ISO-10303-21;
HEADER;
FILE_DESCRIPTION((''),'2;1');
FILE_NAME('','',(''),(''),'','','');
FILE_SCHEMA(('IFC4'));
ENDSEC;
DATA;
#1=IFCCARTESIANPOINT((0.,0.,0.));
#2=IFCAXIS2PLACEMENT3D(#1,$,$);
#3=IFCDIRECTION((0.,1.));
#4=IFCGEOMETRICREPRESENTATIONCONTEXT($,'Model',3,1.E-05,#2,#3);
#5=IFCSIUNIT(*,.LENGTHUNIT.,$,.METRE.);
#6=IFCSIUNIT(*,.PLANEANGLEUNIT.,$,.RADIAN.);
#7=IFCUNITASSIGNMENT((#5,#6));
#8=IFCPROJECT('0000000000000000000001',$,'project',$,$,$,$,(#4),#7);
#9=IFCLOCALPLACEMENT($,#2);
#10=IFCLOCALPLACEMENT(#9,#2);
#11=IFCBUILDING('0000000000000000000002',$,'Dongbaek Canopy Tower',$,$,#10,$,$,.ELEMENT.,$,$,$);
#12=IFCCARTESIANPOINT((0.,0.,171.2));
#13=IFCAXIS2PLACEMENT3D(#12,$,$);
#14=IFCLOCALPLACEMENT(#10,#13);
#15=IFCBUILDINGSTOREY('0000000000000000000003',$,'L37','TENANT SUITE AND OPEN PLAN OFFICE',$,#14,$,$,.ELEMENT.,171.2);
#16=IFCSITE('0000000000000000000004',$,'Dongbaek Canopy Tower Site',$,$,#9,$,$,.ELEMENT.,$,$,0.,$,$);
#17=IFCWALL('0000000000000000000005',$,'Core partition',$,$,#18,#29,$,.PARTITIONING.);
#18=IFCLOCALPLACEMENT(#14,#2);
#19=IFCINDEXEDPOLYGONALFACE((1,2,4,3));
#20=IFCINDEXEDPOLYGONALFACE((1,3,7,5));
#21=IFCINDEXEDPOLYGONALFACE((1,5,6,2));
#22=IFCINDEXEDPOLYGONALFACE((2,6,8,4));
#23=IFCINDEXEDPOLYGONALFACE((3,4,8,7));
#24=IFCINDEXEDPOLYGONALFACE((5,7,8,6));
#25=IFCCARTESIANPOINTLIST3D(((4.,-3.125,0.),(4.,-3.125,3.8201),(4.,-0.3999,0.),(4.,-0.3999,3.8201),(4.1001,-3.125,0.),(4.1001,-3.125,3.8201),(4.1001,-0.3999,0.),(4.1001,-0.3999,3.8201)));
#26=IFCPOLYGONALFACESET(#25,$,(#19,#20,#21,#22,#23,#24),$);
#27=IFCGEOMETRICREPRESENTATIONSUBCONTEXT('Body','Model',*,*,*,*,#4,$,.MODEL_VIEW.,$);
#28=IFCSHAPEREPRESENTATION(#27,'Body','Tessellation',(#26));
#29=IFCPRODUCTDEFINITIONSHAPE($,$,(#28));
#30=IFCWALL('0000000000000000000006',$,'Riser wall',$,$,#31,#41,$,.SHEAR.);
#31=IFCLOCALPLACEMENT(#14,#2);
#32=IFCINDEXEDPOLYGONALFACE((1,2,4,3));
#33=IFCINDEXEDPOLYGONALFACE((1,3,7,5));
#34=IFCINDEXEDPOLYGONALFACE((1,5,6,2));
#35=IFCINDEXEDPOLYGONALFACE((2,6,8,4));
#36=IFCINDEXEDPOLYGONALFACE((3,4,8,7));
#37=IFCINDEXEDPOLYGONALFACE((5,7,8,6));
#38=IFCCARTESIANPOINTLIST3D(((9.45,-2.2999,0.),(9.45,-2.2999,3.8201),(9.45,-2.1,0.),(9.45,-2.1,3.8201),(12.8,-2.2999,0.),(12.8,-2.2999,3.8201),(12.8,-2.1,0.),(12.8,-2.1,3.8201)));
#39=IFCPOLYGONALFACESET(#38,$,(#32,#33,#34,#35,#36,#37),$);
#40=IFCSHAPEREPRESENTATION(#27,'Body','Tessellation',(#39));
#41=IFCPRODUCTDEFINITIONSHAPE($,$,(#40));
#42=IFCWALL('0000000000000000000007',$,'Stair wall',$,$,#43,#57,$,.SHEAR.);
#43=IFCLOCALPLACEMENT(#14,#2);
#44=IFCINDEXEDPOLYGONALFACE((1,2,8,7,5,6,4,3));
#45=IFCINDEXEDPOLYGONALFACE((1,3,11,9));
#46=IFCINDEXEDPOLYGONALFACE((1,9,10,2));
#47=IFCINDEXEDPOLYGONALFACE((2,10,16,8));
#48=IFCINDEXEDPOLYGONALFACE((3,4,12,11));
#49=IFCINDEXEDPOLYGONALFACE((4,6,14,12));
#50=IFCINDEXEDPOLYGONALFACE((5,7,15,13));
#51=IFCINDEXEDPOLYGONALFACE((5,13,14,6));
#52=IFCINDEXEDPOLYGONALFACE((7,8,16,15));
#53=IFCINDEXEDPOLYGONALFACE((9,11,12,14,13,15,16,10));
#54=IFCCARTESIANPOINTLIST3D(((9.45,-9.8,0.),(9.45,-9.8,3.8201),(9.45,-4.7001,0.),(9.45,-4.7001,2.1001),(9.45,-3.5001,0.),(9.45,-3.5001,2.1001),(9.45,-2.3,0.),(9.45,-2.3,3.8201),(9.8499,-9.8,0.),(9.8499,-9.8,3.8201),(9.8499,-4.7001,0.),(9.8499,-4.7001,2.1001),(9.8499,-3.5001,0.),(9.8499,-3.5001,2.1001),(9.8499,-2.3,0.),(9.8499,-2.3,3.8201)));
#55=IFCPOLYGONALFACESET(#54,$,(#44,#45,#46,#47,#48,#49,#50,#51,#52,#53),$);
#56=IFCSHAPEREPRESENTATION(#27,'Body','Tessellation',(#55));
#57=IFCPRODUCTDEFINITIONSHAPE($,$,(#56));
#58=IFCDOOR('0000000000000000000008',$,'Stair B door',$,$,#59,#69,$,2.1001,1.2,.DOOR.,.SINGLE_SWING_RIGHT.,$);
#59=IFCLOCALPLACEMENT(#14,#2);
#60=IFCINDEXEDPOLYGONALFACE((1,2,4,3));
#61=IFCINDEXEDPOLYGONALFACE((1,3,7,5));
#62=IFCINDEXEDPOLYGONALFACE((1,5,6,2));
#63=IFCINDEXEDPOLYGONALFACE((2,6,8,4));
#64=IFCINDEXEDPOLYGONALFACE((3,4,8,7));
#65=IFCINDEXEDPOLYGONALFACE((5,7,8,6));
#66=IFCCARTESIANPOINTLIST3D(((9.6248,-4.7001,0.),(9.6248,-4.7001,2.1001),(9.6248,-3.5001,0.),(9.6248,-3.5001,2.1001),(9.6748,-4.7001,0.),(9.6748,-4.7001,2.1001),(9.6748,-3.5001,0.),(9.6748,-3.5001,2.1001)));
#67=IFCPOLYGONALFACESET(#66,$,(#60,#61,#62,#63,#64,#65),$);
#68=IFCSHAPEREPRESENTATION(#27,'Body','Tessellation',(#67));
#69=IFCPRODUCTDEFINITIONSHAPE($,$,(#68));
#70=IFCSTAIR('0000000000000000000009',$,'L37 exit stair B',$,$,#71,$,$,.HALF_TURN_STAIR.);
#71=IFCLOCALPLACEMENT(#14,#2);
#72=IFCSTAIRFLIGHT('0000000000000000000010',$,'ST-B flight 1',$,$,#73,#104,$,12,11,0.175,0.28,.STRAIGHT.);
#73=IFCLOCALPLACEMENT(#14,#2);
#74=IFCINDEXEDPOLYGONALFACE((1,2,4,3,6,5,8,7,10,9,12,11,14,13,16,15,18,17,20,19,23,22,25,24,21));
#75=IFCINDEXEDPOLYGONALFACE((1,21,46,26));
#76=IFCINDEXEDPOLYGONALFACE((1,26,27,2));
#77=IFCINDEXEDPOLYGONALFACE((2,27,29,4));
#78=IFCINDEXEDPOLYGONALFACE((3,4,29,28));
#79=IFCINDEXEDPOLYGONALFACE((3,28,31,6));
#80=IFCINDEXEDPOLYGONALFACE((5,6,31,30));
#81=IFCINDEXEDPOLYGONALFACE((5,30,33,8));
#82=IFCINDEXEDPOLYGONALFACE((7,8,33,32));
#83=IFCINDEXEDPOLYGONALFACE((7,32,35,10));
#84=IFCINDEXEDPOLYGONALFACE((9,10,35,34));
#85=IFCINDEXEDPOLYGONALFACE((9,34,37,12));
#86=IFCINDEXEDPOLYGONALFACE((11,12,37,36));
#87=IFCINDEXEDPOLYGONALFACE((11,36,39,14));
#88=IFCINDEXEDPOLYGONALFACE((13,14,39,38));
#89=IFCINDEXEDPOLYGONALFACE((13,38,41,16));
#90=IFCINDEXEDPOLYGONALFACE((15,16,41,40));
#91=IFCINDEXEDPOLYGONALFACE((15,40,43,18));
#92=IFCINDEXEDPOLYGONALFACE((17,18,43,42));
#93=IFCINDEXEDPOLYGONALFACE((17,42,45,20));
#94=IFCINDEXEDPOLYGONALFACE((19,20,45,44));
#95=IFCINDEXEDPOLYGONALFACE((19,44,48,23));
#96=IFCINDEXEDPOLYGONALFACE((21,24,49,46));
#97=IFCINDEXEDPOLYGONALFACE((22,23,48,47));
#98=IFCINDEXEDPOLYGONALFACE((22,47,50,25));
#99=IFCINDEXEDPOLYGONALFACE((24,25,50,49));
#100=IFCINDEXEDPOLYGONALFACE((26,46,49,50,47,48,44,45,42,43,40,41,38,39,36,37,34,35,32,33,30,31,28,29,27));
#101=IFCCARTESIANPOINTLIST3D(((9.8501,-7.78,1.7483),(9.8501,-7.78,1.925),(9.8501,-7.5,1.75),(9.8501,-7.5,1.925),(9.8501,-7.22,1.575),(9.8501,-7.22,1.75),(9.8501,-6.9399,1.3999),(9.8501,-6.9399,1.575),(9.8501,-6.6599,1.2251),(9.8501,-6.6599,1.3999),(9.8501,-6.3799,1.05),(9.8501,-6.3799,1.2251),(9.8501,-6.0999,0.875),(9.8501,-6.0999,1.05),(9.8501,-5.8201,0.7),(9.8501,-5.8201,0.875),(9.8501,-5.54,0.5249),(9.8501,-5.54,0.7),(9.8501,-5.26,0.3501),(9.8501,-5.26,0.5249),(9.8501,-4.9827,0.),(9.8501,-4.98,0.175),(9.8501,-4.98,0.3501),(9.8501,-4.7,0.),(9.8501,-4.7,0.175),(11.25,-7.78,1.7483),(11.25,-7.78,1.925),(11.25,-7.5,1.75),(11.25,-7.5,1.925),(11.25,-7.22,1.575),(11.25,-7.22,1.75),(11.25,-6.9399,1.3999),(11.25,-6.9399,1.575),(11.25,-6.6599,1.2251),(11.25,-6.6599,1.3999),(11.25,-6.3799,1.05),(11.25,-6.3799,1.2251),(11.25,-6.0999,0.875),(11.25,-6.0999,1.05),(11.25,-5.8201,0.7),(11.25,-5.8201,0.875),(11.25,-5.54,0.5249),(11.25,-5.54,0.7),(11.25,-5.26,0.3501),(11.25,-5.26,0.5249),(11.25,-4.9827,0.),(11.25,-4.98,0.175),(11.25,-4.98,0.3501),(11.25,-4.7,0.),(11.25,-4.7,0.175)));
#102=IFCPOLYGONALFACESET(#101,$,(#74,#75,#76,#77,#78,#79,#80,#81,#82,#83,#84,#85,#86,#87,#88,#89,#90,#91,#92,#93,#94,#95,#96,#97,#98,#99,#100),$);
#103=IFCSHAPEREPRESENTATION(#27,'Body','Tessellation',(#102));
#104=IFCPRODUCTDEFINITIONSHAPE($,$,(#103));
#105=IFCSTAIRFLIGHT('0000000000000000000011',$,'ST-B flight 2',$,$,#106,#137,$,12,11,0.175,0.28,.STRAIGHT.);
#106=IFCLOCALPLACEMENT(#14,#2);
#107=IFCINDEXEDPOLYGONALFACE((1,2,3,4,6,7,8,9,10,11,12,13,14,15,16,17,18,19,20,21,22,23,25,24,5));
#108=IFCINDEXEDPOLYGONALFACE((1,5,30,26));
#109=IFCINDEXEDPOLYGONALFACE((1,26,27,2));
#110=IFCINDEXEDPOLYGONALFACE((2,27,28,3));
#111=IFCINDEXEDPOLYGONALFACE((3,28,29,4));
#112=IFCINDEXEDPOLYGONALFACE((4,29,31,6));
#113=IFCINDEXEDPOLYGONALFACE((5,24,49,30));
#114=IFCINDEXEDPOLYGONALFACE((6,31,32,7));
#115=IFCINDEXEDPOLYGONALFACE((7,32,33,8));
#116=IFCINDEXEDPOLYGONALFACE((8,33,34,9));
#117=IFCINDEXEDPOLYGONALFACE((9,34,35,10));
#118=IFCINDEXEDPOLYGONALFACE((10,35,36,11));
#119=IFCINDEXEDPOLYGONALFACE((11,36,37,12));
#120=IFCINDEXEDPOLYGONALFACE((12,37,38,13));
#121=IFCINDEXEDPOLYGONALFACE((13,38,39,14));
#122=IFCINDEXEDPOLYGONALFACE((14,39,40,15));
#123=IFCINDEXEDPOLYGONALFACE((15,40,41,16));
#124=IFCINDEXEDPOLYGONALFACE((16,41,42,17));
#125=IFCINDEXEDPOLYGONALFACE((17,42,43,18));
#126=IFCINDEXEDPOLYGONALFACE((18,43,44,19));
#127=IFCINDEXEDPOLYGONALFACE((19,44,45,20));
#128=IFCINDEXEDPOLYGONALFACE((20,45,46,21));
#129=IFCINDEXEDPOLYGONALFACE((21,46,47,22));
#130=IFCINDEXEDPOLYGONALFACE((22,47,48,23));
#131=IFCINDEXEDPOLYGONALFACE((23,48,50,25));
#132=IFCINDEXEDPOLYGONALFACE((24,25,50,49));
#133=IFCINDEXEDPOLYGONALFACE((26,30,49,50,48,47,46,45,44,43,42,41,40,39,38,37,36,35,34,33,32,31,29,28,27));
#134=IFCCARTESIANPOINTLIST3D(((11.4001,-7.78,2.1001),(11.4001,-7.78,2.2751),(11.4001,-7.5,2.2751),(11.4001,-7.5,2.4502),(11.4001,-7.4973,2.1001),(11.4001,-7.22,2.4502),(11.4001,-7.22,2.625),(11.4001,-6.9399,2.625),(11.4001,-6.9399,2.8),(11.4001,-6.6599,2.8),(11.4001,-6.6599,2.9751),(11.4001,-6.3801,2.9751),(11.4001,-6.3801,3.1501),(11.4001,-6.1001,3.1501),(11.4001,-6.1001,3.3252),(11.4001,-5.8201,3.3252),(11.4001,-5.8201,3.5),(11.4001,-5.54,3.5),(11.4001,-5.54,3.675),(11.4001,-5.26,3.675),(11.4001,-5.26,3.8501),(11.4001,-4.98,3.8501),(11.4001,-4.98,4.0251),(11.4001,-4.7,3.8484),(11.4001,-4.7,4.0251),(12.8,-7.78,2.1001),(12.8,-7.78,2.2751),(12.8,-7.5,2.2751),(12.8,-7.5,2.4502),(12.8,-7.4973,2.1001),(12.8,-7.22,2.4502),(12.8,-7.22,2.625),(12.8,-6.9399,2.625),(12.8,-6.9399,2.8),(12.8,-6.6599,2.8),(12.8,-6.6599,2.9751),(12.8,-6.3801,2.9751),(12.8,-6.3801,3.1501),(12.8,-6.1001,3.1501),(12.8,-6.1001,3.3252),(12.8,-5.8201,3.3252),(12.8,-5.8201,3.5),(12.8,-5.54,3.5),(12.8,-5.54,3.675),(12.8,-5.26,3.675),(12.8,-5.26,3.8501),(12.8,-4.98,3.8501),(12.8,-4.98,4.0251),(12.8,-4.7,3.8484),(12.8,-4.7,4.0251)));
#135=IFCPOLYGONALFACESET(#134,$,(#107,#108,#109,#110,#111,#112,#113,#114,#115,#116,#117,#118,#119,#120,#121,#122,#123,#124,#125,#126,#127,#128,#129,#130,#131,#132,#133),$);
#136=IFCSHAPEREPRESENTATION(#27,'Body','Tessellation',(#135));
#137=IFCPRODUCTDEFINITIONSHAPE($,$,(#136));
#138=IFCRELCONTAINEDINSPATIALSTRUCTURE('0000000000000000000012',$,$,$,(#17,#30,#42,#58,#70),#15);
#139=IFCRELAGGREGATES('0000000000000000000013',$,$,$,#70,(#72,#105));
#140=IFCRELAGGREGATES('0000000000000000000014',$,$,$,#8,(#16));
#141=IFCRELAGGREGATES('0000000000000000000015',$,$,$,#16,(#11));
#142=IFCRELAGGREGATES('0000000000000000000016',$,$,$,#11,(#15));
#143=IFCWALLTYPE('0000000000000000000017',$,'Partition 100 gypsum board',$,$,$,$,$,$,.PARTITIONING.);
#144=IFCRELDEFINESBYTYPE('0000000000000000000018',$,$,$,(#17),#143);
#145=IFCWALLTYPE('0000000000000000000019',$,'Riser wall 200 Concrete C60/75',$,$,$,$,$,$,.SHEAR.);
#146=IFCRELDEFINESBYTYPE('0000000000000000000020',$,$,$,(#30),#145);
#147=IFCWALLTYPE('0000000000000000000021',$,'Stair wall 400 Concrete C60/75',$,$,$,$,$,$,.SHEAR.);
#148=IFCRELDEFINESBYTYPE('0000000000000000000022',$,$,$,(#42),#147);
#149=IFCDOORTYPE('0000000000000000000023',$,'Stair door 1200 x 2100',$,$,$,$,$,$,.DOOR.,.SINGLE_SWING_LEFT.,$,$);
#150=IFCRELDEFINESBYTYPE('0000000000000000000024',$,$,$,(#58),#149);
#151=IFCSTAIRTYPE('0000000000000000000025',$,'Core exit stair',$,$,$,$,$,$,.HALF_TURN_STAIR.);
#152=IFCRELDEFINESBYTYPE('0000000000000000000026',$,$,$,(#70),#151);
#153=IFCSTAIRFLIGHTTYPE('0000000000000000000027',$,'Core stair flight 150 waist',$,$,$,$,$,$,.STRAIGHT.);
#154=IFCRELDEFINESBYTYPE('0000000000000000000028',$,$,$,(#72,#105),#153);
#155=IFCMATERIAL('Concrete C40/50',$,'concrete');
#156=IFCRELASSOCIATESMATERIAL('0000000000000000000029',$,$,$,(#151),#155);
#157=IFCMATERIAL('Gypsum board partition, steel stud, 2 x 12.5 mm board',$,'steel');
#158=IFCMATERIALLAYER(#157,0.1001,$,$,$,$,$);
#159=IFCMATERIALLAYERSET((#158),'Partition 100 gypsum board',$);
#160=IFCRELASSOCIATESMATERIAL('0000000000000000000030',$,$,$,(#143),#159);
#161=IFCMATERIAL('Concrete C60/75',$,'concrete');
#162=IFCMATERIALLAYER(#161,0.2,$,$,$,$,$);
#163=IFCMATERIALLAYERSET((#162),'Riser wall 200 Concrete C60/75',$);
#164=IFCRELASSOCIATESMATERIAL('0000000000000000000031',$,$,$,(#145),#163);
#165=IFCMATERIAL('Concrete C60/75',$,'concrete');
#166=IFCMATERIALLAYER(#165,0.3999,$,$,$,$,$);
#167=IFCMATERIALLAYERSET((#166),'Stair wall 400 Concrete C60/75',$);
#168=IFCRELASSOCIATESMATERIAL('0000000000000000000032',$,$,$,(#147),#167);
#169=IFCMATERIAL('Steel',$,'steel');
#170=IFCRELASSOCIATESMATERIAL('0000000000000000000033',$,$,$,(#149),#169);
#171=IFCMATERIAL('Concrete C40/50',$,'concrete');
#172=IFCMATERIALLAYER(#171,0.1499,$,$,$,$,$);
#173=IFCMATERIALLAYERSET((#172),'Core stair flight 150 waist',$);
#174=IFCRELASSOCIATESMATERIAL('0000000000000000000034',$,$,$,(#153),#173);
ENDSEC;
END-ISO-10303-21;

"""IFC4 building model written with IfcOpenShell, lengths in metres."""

from ifc_helpers import new_model, si_unit, direction, frame, frame_2d, origin, place, context, subcontext, project, spatial, polyline, rectangle, outline, extrude, material, layer, layer_set, type_object, element, fill, aggregate, save


model = new_model("IFC4")

# Units and contexts
model_context = context("Model", 3, precision=1e-05, world=origin(), true_north=direction((0.0, 1.0)))
body_context = subcontext(model_context, "Body", "Model", "MODEL_VIEW")
ifc_project = project(units=[si_unit("LENGTHUNIT", "METRE"), si_unit("PLANEANGLEUNIT", "RADIAN")], contexts=[model_context])

# Site, building, storey
site_placement = place(None, origin())
site = spatial("IfcSite", under=ifc_project, at=site_placement, Name="Dongbaek Canopy Tower Site", CompositionType="ELEMENT", RefElevation=0.0)
building_placement = place(site_placement, origin())
building = spatial("IfcBuilding", under=site, at=building_placement, Name="Dongbaek Canopy Tower", CompositionType="ELEMENT")
storey_placement = place(building_placement, frame((0.0, 0.0, 171.2)))
storey = spatial("IfcBuildingStorey", under=building, at=storey_placement, Name="L37", Description="TENANT SUITE AND OPEN PLAN OFFICE", CompositionType="ELEMENT", Elevation=171.2)

# Shared definitions
ifc_material_1 = material(Name="Concrete C40/50", Category="concrete")
stair_type = type_object("IfcStairType", Name="Core exit stair", PredefinedType="HALF_TURN_STAIR", material=ifc_material_1)

# Walls
ifc_material_2 = material(Name="Gypsum board partition, steel stud, 2 x 12.5 mm board", Category="steel")
ifc_layer_1 = layer(ifc_material_2, 0.1001)
ifc_layer_set_1 = layer_set([ifc_layer_1], Name="Partition 100 gypsum board")
wall_type_1 = type_object("IfcWallType", Name="Partition 100 gypsum board", PredefinedType="PARTITIONING", material=ifc_layer_set_1)
wall_1_placement = place(storey_placement, frame((4.05, -3.125, 0.0), z_axis=(0.0, 0.0, 1.0), x_axis=(0.0, 1.0, 0.0)))
element("IfcWall", 1, at=wall_1_placement, inside=storey, type_object=wall_type_1, Name="Core partition", PredefinedType="PARTITIONING", context=body_context, shape_type="SweptSolid", body=[
    extrude(rectangle(XDim=2.7251, YDim=0.1001, at=frame_2d((1.3625, 0.0))), origin(), (0.0, 0.0, 1.0), 3.8201),
])
ifc_material_3 = material(Name="Concrete C60/75", Category="concrete")
ifc_layer_2 = layer(ifc_material_3, 0.2)
ifc_layer_set_2 = layer_set([ifc_layer_2], Name="Riser wall 200 Concrete C60/75")
wall_type_2 = type_object("IfcWallType", Name="Riser wall 200 Concrete C60/75", PredefinedType="SHEAR", material=ifc_layer_set_2)
wall_2_placement = place(storey_placement, frame((9.45, -2.2, 0.0), z_axis=(0.0, 0.0, 1.0), x_axis=(1.0, 0.0, 0.0)))
element("IfcWall", 2, at=wall_2_placement, inside=storey, type_object=wall_type_2, Name="Riser wall", PredefinedType="SHEAR", context=body_context, shape_type="SweptSolid", body=[
    extrude(rectangle(XDim=3.3501, YDim=0.2, at=frame_2d((1.675, 0.0))), origin(), (0.0, 0.0, 1.0), 3.8201),
])

# Wall, opening, door
ifc_material_4 = material(Name="Concrete C60/75", Category="concrete")
ifc_layer_3 = layer(ifc_material_4, 0.3999)
ifc_layer_set_3 = layer_set([ifc_layer_3], Name="Stair wall 400 Concrete C60/75")
wall_type_3 = type_object("IfcWallType", Name="Stair wall 400 Concrete C60/75", PredefinedType="SHEAR", material=ifc_layer_set_3)
wall_3_placement = place(storey_placement, frame((9.6499, -2.3, 0.0), z_axis=(0.0, 0.0, 1.0), x_axis=(0.0, -1.0, 0.0)))
wall_3 = element("IfcWall", 3, at=wall_3_placement, inside=storey, type_object=wall_type_3, Name="Stair wall", PredefinedType="SHEAR", context=body_context, shape_type="SweptSolid", body=[
    extrude(rectangle(XDim=7.5, YDim=0.3999, at=frame_2d((3.75, 0.0))), origin(), (0.0, 0.0, 1.0), 3.8201),
])
opening_1_placement = place(wall_3_placement, frame((1.2, 0.0, 0.0)))
opening_1 = element("IfcOpeningElement", 4, at=opening_1_placement, cuts=wall_3, PredefinedType="OPENING", context=body_context, shape_type="SweptSolid", body=[
    extrude(rectangle(XDim=1.2, YDim=2.1001, at=frame_2d((0.6001, 1.05))), frame((0.0, 0.21, 0.0), z_axis=(0.0, -1.0, 0.0), x_axis=(1.0, 0.0, 0.0)), (0.0, 0.0, 1.0), 0.4199),
])
ifc_material_5 = material(Name="Steel", Category="steel")
door_type_1 = type_object("IfcDoorType", Name="Stair door 1200 x 2100", OperationType="SINGLE_SWING_LEFT", PredefinedType="DOOR", material=ifc_material_5)
door_1_placement = place(opening_1_placement, origin())
door_1 = element("IfcDoor", 5, at=door_1_placement, inside=storey, type_object=door_type_1, Name="Stair B door", OperationType="SINGLE_SWING_RIGHT", OverallHeight=2.1001, OverallWidth=1.2, PredefinedType="DOOR", context=body_context, shape_type="SweptSolid", body=[
    extrude(rectangle(XDim=1.2, YDim=2.1001, at=frame_2d((0.6001, 1.05))), frame((0.0, 0.0249, 0.0), z_axis=(0.0, -1.0, 0.0), x_axis=(1.0, 0.0, 0.0)), (0.0, 0.0, 1.0), 0.05),
])
fill(opening_1, door_1)

# Stair, stair flights
stair_1_placement = place(storey_placement, origin())
stair_1 = element("IfcStair", 6, at=stair_1_placement, inside=storey, type_object=stair_type, Name="L37 exit stair B", PredefinedType="HALF_TURN_STAIR")
ifc_material_6 = material(Name="Concrete C40/50", Category="concrete")
ifc_layer_4 = layer(ifc_material_6, 0.1499)
ifc_layer_set_4 = layer_set([ifc_layer_4], Name="Core stair flight 150 waist")
stair_flight_type = type_object("IfcStairFlightType", Name="Core stair flight 150 waist", PredefinedType="STRAIGHT", material=ifc_layer_set_4)
stair_flight_1_placement = place(storey_placement, frame((10.55, -4.7, 0.0), z_axis=(0.0, 0.0, 1.0), x_axis=(0.0, -1.0, 0.0)))
stair_flight_1 = element("IfcStairFlight", 7, at=stair_flight_1_placement, type_object=stair_flight_type, Name="ST-B flight 1", NumberOfRisers=12, NumberOfTreads=11, PredefinedType="STRAIGHT", RiserHeight=0.175, TreadLength=0.28, context=body_context, shape_type="SweptSolid", body=[
    extrude(outline(polyline([(0.0, 0.0), (0.0, 0.175), (0.28, 0.175), (0.28, 0.3501), (0.5601, 0.3501), (0.5601, 0.5249), (0.8401, 0.5249), (0.8401, 0.7), (1.1201, 0.7), (1.1201, 0.875), (1.3999, 0.875), (1.3999, 1.05), (1.6799, 1.05), (1.6799, 1.2251), (1.96, 1.2251), (1.96, 1.3999), (2.24, 1.3999), (2.24, 1.575), (2.52, 1.575), (2.52, 1.75), (2.8, 1.75), (2.8, 1.925), (3.0801, 1.925), (3.0801, 2.1001), (3.0801, 1.7483), (0.2827, 0.0), (0.0, 0.0)])), frame((0.0, 0.7, 0.0), z_axis=(0.0, -1.0, 0.0), x_axis=(1.0, 0.0, 0.0)), (0.0, 0.0, 1.0), 1.3999),
])
stair_flight_2_placement = place(storey_placement, frame((12.1001, -7.78, 2.1001), z_axis=(0.0, 0.0, 1.0), x_axis=(0.0, 1.0, 0.0)))
stair_flight_2 = element("IfcStairFlight", 8, at=stair_flight_2_placement, type_object=stair_flight_type, Name="ST-B flight 2", NumberOfRisers=12, NumberOfTreads=11, PredefinedType="STRAIGHT", RiserHeight=0.175, TreadLength=0.28, context=body_context, shape_type="SweptSolid", body=[
    extrude(outline(polyline([(0.0, 0.0), (0.0, 0.175), (0.28, 0.175), (0.28, 0.3501), (0.5601, 0.3501), (0.5601, 0.5249), (0.8401, 0.5249), (0.8401, 0.7), (1.1201, 0.7), (1.1201, 0.875), (1.3999, 0.875), (1.3999, 1.05), (1.6799, 1.05), (1.6799, 1.2251), (1.96, 1.2251), (1.96, 1.3999), (2.24, 1.3999), (2.24, 1.575), (2.52, 1.575), (2.52, 1.75), (2.8, 1.75), (2.8, 1.925), (3.0801, 1.925), (3.0801, 2.1001), (3.0801, 1.7483), (0.2827, 0.0), (0.0, 0.0)])), frame((0.0, 0.7, 0.0), z_axis=(0.0, -1.0, 0.0), x_axis=(1.0, 0.0, 0.0)), (0.0, 0.0, 1.0), 1.3999),
])
aggregate(stair_1, [stair_flight_1, stair_flight_2])

save(model, "model.ifc")
